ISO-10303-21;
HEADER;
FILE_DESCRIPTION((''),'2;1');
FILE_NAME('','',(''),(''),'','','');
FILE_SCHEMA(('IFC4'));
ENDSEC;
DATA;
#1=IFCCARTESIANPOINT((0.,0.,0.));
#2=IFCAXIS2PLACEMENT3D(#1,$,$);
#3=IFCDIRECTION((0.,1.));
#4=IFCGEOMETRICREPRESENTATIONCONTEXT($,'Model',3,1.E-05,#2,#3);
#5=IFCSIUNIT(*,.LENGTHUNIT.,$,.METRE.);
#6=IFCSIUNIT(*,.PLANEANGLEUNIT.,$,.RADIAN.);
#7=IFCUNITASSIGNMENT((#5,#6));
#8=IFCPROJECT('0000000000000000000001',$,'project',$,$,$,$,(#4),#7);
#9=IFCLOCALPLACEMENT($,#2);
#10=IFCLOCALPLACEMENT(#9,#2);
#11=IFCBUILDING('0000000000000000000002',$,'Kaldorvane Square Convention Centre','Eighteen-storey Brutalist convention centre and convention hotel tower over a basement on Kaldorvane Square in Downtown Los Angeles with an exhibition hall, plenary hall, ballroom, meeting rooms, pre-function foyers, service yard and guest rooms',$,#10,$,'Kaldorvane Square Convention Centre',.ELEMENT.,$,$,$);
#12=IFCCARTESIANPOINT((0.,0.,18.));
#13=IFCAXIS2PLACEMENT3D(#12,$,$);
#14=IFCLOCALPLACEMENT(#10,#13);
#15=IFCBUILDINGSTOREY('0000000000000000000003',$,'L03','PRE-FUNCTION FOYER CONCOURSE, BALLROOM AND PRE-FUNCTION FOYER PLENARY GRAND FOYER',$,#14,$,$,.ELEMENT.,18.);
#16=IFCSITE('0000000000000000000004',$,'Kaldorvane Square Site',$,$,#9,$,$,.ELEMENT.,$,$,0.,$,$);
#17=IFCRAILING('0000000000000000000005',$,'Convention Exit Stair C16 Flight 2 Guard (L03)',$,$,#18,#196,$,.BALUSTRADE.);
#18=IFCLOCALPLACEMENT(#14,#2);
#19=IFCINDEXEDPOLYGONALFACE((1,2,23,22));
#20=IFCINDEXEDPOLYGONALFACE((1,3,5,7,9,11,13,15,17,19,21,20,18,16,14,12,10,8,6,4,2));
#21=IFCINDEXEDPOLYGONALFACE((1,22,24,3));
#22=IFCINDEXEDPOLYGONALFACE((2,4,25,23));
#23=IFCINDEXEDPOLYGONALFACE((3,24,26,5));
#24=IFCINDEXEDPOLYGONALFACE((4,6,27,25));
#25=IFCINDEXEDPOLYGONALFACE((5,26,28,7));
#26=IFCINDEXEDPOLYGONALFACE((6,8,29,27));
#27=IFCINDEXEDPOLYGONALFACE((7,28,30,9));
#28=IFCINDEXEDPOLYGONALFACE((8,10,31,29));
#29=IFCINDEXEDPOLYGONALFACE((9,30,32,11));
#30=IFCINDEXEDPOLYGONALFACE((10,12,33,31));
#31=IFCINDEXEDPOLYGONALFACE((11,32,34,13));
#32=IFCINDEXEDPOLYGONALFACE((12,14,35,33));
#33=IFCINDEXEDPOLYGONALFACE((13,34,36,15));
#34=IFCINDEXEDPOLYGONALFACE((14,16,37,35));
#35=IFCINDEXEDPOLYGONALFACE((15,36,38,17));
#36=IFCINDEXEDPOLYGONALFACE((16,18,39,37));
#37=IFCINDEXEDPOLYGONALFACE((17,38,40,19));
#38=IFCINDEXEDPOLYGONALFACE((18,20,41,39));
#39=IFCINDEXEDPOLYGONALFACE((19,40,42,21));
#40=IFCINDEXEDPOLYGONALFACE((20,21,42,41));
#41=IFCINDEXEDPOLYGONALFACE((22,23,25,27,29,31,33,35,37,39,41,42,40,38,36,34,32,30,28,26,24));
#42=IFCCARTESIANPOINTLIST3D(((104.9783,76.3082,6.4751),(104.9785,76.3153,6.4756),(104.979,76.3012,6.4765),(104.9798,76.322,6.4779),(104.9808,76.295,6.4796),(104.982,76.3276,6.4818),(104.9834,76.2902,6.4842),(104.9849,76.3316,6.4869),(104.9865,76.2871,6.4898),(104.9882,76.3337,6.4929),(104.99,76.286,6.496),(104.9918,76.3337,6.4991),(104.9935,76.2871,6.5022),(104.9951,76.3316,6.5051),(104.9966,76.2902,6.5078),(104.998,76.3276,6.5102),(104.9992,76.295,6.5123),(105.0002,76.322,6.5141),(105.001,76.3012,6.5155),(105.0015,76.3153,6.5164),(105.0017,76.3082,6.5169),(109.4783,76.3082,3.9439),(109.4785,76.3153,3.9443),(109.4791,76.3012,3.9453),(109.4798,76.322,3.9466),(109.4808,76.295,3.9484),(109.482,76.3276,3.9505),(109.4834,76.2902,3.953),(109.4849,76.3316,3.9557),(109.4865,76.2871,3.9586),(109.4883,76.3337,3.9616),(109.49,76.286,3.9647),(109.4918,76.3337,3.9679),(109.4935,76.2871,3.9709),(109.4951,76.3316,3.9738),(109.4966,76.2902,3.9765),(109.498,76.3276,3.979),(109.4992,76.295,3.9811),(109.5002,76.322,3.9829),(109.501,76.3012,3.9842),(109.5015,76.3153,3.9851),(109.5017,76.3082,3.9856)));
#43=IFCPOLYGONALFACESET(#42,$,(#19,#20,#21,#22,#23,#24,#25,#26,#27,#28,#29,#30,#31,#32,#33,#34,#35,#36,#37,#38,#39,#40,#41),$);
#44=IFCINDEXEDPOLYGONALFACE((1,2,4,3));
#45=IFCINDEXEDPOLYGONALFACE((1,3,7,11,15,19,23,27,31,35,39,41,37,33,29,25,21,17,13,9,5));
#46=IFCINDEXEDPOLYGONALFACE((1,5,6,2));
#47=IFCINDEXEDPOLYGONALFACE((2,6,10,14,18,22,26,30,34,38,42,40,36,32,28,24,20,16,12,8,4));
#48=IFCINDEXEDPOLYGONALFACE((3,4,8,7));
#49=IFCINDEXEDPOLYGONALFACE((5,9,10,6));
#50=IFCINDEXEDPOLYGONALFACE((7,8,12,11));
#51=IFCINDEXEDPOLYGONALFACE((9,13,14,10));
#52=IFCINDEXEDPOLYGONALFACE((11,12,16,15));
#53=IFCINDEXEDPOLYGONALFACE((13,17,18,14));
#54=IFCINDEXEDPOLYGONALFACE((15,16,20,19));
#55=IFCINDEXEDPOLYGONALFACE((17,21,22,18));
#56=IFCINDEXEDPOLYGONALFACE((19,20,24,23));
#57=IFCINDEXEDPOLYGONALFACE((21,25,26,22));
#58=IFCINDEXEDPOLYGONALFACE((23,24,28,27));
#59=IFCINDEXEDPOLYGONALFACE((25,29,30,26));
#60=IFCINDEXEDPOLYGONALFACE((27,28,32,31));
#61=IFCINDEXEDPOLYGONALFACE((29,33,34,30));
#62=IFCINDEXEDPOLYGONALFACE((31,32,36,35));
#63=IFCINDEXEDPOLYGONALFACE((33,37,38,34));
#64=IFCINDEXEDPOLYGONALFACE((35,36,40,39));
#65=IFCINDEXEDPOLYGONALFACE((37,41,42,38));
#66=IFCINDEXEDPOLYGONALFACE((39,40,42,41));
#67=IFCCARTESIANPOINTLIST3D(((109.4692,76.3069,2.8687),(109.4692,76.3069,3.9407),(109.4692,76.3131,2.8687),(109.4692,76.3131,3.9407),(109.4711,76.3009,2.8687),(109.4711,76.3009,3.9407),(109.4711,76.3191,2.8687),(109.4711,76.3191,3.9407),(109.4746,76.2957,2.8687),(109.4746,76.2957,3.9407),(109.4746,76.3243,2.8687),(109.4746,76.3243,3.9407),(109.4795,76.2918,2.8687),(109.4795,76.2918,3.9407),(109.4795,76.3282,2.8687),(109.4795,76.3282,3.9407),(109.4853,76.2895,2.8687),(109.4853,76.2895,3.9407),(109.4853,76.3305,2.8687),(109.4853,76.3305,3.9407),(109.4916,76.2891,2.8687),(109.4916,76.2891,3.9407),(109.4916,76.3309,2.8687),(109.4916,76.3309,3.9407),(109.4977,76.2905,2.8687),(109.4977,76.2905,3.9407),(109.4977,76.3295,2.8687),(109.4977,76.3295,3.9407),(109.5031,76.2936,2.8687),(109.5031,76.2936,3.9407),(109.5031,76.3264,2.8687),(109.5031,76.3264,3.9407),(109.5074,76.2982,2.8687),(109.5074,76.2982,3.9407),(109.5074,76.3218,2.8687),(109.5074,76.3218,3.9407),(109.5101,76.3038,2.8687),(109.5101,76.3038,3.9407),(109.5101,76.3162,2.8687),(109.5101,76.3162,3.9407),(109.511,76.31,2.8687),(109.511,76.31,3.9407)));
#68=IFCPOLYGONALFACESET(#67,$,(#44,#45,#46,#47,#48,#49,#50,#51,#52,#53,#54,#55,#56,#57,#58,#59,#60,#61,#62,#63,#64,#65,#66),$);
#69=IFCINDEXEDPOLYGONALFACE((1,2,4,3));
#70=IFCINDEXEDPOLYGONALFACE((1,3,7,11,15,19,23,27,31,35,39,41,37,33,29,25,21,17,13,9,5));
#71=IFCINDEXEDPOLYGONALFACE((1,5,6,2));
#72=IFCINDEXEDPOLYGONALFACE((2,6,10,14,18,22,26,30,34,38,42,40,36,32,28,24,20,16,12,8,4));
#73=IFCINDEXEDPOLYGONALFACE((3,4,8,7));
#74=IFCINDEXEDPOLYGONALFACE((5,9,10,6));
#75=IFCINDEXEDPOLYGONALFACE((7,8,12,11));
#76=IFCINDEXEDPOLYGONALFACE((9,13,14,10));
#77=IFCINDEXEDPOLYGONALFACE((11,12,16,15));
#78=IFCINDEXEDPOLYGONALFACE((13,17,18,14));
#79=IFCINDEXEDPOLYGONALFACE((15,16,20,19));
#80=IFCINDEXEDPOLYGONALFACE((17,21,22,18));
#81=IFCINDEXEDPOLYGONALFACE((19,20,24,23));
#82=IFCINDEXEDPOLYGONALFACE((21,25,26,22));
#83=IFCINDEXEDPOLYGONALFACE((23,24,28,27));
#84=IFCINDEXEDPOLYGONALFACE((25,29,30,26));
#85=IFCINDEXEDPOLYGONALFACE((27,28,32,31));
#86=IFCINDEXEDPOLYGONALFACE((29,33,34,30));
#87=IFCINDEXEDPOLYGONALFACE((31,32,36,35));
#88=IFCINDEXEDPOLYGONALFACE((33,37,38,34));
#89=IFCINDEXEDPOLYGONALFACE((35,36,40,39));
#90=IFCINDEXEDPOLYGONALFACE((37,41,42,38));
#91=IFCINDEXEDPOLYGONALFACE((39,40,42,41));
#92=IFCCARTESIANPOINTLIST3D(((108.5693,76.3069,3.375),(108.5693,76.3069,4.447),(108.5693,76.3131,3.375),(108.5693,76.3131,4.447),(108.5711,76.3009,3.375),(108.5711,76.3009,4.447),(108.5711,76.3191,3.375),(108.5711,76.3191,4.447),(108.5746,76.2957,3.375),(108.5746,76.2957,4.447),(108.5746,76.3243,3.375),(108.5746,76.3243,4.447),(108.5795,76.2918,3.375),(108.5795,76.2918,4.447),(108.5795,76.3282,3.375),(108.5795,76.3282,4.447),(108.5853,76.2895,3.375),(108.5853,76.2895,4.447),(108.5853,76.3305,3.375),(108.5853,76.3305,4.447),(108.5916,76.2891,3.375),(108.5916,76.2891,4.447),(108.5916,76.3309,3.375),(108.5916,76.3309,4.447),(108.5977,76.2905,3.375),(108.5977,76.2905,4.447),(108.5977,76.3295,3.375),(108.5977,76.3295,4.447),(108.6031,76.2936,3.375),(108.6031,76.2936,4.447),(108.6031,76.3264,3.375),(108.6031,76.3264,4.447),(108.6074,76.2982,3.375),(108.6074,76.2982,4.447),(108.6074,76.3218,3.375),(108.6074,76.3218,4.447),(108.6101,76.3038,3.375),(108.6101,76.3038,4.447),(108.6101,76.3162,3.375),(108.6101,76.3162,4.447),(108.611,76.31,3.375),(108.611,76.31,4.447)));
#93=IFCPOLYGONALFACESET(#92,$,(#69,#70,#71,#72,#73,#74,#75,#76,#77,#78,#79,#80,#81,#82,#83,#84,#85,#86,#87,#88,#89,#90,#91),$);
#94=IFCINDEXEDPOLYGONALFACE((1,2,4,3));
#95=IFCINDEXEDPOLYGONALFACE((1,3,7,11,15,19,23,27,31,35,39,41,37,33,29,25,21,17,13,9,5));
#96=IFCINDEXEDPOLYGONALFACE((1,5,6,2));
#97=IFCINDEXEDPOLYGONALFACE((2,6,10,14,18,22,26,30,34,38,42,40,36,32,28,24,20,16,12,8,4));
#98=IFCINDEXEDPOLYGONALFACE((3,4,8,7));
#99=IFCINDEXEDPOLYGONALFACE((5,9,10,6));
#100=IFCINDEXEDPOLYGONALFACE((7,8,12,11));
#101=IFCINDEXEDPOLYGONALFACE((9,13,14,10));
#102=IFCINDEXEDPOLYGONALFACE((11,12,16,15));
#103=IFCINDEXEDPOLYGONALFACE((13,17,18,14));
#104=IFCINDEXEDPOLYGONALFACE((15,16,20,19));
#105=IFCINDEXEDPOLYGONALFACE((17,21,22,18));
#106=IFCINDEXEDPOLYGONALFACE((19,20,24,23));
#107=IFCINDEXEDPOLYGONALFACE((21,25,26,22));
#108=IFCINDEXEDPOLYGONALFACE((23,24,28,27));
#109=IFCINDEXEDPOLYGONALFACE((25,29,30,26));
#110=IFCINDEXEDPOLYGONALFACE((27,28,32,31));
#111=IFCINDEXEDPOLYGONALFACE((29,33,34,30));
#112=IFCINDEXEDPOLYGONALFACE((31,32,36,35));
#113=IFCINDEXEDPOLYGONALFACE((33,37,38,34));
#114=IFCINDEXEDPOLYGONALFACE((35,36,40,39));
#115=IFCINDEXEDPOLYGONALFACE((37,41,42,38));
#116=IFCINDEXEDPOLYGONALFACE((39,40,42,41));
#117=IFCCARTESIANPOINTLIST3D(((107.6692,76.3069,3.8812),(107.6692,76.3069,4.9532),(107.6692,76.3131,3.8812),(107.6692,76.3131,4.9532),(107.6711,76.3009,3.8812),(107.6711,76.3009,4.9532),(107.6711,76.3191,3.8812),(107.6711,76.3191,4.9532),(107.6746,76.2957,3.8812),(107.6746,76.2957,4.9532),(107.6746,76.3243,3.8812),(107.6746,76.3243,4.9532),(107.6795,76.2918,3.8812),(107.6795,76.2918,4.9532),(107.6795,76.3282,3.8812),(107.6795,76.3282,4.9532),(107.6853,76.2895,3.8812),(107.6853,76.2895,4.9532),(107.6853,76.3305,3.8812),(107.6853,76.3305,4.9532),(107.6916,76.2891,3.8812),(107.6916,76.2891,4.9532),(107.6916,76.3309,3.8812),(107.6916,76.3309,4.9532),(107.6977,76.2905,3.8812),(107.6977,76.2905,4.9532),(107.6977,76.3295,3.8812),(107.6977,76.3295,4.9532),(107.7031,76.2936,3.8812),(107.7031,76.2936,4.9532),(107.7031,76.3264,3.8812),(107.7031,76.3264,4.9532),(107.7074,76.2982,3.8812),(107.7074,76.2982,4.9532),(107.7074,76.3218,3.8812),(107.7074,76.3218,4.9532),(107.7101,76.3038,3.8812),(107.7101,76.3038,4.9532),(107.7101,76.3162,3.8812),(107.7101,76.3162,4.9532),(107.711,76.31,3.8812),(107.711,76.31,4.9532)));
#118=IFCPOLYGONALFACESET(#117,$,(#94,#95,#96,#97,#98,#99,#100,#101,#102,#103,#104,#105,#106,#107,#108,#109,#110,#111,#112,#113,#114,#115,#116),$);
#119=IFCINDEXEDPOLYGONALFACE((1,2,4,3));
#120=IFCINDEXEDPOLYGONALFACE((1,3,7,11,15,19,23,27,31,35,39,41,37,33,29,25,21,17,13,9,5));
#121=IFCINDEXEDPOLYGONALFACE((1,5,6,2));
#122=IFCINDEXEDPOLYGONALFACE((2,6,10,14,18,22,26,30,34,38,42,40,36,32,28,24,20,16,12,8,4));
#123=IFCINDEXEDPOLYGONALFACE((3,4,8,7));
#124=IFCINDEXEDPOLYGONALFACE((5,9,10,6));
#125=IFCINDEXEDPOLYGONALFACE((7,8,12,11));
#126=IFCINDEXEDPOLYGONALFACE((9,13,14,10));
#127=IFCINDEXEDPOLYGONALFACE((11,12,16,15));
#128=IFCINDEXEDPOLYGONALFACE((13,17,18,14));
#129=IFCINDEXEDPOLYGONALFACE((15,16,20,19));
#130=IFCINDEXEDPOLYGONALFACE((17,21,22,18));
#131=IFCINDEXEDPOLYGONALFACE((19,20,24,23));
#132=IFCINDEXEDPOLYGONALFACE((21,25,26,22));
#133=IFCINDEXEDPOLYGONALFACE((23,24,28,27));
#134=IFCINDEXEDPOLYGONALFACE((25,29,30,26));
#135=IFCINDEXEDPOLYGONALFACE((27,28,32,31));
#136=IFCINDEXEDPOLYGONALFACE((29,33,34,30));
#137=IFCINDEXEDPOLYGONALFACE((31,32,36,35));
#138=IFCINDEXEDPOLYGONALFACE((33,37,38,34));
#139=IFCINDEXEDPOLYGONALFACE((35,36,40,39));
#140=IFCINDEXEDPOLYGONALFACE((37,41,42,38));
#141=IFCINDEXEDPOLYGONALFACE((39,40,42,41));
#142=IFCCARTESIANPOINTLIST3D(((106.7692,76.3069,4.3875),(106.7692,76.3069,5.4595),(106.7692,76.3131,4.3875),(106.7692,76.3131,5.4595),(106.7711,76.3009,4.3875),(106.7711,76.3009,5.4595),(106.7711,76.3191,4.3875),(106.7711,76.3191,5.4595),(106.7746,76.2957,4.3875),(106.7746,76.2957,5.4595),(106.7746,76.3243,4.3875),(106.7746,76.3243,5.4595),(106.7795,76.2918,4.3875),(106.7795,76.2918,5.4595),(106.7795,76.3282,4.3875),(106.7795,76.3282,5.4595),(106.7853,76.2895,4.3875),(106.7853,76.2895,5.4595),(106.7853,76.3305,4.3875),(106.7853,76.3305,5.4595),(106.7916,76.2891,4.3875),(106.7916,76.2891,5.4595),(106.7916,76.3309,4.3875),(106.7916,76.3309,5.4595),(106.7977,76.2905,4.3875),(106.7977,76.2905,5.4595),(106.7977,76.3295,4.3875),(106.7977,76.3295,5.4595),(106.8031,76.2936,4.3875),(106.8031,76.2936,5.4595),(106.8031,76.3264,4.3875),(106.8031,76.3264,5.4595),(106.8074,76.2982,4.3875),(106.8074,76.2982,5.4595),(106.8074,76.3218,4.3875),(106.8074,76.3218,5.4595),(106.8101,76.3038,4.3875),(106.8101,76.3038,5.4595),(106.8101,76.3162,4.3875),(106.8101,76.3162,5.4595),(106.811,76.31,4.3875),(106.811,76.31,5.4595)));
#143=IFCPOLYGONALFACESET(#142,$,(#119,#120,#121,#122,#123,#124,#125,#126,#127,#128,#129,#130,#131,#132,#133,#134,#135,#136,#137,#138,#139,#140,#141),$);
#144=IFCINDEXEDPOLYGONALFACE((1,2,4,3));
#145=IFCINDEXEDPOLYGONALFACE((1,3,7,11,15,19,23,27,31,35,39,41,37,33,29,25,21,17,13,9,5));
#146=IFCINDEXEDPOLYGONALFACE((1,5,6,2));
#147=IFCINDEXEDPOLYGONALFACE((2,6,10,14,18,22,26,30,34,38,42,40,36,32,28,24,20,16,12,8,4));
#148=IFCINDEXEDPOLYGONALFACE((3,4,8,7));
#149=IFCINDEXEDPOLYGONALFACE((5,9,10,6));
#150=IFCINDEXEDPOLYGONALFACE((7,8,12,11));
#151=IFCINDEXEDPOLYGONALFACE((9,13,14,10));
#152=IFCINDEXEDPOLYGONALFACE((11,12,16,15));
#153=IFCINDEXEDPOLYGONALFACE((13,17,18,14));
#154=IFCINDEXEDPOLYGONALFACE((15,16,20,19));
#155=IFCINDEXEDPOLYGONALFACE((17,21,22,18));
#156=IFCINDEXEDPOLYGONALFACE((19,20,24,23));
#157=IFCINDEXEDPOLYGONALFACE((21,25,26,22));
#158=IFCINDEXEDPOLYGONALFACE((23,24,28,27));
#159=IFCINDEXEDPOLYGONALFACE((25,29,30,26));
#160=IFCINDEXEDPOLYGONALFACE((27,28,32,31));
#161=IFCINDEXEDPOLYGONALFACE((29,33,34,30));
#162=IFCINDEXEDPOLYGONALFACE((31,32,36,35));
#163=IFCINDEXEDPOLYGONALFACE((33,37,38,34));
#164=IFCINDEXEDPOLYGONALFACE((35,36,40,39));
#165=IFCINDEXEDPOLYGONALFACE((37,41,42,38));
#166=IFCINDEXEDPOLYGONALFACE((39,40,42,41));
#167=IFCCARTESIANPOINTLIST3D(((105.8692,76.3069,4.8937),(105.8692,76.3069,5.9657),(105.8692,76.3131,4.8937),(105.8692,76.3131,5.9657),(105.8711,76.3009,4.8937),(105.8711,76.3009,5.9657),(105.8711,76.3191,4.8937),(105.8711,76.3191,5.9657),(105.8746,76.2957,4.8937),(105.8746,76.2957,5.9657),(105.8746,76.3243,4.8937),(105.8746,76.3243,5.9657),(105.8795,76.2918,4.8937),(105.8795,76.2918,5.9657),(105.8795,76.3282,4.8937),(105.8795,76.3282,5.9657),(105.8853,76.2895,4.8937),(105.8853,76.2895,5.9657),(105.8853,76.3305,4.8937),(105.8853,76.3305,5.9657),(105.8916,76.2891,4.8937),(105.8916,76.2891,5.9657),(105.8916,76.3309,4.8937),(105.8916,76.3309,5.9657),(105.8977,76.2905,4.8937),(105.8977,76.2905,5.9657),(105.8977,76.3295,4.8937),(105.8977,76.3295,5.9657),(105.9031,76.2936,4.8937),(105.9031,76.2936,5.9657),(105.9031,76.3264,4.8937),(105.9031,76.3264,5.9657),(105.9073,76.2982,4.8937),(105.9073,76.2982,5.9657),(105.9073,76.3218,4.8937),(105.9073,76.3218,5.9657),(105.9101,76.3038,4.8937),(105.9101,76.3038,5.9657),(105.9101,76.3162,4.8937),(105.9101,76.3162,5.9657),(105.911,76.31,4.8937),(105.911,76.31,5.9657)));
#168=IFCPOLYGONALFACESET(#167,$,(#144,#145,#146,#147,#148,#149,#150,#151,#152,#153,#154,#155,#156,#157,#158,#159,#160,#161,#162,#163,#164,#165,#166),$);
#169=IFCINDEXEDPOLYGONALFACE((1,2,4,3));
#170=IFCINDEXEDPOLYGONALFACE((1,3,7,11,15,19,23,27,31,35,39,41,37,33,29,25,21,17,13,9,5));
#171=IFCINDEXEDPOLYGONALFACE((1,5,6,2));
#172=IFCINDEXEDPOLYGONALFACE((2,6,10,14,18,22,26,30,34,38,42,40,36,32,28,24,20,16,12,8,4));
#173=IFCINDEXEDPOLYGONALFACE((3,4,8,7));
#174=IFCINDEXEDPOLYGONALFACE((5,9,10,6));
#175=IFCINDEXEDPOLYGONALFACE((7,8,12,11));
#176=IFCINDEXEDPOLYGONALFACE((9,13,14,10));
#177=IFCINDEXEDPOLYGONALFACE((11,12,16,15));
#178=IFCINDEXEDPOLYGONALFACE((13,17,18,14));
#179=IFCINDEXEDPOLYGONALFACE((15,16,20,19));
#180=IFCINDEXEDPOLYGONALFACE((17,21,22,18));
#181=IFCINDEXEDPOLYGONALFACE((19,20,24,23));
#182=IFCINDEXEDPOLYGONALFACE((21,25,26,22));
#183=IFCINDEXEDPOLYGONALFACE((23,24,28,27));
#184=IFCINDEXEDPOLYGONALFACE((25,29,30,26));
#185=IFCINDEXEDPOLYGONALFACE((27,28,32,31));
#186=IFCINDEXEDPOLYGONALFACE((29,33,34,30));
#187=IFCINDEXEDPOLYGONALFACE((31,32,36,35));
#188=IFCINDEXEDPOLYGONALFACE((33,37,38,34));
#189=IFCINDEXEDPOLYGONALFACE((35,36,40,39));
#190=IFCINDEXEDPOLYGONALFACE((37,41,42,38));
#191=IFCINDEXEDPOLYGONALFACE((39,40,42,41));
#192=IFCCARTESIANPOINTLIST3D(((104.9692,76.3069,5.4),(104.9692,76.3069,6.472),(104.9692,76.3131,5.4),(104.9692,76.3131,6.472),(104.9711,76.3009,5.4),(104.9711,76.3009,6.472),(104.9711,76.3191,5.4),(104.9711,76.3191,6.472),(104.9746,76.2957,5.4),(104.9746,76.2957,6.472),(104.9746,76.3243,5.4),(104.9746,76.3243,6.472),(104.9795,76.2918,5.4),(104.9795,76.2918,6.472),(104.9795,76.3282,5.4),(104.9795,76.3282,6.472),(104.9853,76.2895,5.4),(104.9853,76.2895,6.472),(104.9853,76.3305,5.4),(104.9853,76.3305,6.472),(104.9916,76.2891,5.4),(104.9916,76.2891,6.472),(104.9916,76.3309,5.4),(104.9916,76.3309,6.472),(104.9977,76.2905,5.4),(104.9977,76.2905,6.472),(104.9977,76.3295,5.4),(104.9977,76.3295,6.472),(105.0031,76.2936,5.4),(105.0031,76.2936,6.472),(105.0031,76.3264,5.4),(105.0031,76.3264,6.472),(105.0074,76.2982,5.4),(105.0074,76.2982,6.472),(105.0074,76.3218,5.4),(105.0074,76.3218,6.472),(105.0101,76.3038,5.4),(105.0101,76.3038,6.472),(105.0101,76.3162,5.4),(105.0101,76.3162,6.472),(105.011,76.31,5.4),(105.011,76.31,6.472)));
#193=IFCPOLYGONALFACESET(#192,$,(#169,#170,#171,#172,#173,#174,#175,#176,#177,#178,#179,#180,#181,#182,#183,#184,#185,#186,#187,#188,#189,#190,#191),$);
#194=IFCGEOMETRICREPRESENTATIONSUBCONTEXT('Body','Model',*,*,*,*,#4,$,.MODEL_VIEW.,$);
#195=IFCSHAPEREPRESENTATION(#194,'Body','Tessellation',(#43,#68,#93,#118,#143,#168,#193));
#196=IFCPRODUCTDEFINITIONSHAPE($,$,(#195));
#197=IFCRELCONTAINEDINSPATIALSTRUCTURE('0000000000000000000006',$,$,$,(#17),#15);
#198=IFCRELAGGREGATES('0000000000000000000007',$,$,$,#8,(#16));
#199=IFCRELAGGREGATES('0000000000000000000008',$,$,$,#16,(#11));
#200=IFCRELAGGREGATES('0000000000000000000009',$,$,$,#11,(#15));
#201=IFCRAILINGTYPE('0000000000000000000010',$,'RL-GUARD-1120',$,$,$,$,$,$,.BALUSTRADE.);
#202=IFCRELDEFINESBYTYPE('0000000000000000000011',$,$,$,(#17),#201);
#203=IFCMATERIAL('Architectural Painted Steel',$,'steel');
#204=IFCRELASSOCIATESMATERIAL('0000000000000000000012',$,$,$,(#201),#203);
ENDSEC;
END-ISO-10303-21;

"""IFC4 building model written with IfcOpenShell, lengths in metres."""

from ifc_helpers import new_model, si_unit, direction, frame, origin, origin_2d, place, context, subcontext, project, spatial, circle, extrude, material, type_object, element, save


model = new_model("IFC4")

# Units and contexts
model_context = context("Model", 3, precision=1e-05, world=origin(), true_north=direction((0.0, 1.0)))
body_context = subcontext(model_context, "Body", "Model", "MODEL_VIEW")
ifc_project = project(units=[si_unit("LENGTHUNIT", "METRE"), si_unit("PLANEANGLEUNIT", "RADIAN")], contexts=[model_context])

# Site, building, storey
site_placement = place(None, origin())
site = spatial("IfcSite", under=ifc_project, at=site_placement, Name="Kaldorvane Square Site", CompositionType="ELEMENT", RefElevation=0.0)
building_placement = place(site_placement, origin())
building = spatial("IfcBuilding", under=site, at=building_placement, Name="Kaldorvane Square Convention Centre", Description="Eighteen-storey Brutalist convention centre and convention hotel tower over a basement on Kaldorvane Square in Downtown Los Angeles with an exhibition hall, plenary hall, ballroom, meeting rooms, pre-function foyers, service yard and guest rooms", LongName="Kaldorvane Square Convention Centre", CompositionType="ELEMENT")
storey_placement = place(building_placement, frame((0.0, 0.0, 18.0)))
storey = spatial("IfcBuildingStorey", under=building, at=storey_placement, Name="L03", Description="PRE-FUNCTION FOYER CONCOURSE, BALLROOM AND PRE-FUNCTION FOYER PLENARY GRAND FOYER", CompositionType="ELEMENT", Elevation=18.0)

# Railing
ifc_material_1 = material(Name="Architectural Painted Steel", Category="steel")
railing_type_1 = type_object("IfcRailingType", Name="RL-GUARD-1120", PredefinedType="BALUSTRADE", material=ifc_material_1)
railing_1_placement = place(storey_placement, frame((109.49, 76.31, 2.8687)))
element("IfcRailing", 1, at=railing_1_placement, inside=storey, type_object=railing_type_1, Name="Convention Exit Stair C16 Flight 2 Guard (L03)", PredefinedType="BALUSTRADE", context=body_context, shape_type="SweptSolid", body=[
    extrude(circle(Radius=0.024, at=origin_2d()), frame((0.0, 0.0, 1.096), z_axis=(-0.871576, 0.0, 0.490261), x_axis=(0.0, -1.0, 0.0)), (0.0, 0.0, 1.0), 5.1631),
    extrude(circle(Radius=0.021, at=origin_2d()), origin(), (0.0, 0.0, 1.0), 1.072),
    extrude(circle(Radius=0.021, at=origin_2d()), frame((-0.9, 0.0, 0.5063)), (0.0, 0.0, 1.0), 1.072),
    extrude(circle(Radius=0.021, at=origin_2d()), frame((-1.8, 0.0, 1.0125)), (0.0, 0.0, 1.0), 1.072),
    extrude(circle(Radius=0.021, at=origin_2d()), frame((-2.7, 0.0, 1.5188)), (0.0, 0.0, 1.0), 1.072),
    extrude(circle(Radius=0.021, at=origin_2d()), frame((-3.6, 0.0, 2.025)), (0.0, 0.0, 1.0), 1.072),
    extrude(circle(Radius=0.021, at=origin_2d()), frame((-4.5, 0.0, 2.5312)), (0.0, 0.0, 1.0), 1.072),
])

save(model, "model.ifc")
